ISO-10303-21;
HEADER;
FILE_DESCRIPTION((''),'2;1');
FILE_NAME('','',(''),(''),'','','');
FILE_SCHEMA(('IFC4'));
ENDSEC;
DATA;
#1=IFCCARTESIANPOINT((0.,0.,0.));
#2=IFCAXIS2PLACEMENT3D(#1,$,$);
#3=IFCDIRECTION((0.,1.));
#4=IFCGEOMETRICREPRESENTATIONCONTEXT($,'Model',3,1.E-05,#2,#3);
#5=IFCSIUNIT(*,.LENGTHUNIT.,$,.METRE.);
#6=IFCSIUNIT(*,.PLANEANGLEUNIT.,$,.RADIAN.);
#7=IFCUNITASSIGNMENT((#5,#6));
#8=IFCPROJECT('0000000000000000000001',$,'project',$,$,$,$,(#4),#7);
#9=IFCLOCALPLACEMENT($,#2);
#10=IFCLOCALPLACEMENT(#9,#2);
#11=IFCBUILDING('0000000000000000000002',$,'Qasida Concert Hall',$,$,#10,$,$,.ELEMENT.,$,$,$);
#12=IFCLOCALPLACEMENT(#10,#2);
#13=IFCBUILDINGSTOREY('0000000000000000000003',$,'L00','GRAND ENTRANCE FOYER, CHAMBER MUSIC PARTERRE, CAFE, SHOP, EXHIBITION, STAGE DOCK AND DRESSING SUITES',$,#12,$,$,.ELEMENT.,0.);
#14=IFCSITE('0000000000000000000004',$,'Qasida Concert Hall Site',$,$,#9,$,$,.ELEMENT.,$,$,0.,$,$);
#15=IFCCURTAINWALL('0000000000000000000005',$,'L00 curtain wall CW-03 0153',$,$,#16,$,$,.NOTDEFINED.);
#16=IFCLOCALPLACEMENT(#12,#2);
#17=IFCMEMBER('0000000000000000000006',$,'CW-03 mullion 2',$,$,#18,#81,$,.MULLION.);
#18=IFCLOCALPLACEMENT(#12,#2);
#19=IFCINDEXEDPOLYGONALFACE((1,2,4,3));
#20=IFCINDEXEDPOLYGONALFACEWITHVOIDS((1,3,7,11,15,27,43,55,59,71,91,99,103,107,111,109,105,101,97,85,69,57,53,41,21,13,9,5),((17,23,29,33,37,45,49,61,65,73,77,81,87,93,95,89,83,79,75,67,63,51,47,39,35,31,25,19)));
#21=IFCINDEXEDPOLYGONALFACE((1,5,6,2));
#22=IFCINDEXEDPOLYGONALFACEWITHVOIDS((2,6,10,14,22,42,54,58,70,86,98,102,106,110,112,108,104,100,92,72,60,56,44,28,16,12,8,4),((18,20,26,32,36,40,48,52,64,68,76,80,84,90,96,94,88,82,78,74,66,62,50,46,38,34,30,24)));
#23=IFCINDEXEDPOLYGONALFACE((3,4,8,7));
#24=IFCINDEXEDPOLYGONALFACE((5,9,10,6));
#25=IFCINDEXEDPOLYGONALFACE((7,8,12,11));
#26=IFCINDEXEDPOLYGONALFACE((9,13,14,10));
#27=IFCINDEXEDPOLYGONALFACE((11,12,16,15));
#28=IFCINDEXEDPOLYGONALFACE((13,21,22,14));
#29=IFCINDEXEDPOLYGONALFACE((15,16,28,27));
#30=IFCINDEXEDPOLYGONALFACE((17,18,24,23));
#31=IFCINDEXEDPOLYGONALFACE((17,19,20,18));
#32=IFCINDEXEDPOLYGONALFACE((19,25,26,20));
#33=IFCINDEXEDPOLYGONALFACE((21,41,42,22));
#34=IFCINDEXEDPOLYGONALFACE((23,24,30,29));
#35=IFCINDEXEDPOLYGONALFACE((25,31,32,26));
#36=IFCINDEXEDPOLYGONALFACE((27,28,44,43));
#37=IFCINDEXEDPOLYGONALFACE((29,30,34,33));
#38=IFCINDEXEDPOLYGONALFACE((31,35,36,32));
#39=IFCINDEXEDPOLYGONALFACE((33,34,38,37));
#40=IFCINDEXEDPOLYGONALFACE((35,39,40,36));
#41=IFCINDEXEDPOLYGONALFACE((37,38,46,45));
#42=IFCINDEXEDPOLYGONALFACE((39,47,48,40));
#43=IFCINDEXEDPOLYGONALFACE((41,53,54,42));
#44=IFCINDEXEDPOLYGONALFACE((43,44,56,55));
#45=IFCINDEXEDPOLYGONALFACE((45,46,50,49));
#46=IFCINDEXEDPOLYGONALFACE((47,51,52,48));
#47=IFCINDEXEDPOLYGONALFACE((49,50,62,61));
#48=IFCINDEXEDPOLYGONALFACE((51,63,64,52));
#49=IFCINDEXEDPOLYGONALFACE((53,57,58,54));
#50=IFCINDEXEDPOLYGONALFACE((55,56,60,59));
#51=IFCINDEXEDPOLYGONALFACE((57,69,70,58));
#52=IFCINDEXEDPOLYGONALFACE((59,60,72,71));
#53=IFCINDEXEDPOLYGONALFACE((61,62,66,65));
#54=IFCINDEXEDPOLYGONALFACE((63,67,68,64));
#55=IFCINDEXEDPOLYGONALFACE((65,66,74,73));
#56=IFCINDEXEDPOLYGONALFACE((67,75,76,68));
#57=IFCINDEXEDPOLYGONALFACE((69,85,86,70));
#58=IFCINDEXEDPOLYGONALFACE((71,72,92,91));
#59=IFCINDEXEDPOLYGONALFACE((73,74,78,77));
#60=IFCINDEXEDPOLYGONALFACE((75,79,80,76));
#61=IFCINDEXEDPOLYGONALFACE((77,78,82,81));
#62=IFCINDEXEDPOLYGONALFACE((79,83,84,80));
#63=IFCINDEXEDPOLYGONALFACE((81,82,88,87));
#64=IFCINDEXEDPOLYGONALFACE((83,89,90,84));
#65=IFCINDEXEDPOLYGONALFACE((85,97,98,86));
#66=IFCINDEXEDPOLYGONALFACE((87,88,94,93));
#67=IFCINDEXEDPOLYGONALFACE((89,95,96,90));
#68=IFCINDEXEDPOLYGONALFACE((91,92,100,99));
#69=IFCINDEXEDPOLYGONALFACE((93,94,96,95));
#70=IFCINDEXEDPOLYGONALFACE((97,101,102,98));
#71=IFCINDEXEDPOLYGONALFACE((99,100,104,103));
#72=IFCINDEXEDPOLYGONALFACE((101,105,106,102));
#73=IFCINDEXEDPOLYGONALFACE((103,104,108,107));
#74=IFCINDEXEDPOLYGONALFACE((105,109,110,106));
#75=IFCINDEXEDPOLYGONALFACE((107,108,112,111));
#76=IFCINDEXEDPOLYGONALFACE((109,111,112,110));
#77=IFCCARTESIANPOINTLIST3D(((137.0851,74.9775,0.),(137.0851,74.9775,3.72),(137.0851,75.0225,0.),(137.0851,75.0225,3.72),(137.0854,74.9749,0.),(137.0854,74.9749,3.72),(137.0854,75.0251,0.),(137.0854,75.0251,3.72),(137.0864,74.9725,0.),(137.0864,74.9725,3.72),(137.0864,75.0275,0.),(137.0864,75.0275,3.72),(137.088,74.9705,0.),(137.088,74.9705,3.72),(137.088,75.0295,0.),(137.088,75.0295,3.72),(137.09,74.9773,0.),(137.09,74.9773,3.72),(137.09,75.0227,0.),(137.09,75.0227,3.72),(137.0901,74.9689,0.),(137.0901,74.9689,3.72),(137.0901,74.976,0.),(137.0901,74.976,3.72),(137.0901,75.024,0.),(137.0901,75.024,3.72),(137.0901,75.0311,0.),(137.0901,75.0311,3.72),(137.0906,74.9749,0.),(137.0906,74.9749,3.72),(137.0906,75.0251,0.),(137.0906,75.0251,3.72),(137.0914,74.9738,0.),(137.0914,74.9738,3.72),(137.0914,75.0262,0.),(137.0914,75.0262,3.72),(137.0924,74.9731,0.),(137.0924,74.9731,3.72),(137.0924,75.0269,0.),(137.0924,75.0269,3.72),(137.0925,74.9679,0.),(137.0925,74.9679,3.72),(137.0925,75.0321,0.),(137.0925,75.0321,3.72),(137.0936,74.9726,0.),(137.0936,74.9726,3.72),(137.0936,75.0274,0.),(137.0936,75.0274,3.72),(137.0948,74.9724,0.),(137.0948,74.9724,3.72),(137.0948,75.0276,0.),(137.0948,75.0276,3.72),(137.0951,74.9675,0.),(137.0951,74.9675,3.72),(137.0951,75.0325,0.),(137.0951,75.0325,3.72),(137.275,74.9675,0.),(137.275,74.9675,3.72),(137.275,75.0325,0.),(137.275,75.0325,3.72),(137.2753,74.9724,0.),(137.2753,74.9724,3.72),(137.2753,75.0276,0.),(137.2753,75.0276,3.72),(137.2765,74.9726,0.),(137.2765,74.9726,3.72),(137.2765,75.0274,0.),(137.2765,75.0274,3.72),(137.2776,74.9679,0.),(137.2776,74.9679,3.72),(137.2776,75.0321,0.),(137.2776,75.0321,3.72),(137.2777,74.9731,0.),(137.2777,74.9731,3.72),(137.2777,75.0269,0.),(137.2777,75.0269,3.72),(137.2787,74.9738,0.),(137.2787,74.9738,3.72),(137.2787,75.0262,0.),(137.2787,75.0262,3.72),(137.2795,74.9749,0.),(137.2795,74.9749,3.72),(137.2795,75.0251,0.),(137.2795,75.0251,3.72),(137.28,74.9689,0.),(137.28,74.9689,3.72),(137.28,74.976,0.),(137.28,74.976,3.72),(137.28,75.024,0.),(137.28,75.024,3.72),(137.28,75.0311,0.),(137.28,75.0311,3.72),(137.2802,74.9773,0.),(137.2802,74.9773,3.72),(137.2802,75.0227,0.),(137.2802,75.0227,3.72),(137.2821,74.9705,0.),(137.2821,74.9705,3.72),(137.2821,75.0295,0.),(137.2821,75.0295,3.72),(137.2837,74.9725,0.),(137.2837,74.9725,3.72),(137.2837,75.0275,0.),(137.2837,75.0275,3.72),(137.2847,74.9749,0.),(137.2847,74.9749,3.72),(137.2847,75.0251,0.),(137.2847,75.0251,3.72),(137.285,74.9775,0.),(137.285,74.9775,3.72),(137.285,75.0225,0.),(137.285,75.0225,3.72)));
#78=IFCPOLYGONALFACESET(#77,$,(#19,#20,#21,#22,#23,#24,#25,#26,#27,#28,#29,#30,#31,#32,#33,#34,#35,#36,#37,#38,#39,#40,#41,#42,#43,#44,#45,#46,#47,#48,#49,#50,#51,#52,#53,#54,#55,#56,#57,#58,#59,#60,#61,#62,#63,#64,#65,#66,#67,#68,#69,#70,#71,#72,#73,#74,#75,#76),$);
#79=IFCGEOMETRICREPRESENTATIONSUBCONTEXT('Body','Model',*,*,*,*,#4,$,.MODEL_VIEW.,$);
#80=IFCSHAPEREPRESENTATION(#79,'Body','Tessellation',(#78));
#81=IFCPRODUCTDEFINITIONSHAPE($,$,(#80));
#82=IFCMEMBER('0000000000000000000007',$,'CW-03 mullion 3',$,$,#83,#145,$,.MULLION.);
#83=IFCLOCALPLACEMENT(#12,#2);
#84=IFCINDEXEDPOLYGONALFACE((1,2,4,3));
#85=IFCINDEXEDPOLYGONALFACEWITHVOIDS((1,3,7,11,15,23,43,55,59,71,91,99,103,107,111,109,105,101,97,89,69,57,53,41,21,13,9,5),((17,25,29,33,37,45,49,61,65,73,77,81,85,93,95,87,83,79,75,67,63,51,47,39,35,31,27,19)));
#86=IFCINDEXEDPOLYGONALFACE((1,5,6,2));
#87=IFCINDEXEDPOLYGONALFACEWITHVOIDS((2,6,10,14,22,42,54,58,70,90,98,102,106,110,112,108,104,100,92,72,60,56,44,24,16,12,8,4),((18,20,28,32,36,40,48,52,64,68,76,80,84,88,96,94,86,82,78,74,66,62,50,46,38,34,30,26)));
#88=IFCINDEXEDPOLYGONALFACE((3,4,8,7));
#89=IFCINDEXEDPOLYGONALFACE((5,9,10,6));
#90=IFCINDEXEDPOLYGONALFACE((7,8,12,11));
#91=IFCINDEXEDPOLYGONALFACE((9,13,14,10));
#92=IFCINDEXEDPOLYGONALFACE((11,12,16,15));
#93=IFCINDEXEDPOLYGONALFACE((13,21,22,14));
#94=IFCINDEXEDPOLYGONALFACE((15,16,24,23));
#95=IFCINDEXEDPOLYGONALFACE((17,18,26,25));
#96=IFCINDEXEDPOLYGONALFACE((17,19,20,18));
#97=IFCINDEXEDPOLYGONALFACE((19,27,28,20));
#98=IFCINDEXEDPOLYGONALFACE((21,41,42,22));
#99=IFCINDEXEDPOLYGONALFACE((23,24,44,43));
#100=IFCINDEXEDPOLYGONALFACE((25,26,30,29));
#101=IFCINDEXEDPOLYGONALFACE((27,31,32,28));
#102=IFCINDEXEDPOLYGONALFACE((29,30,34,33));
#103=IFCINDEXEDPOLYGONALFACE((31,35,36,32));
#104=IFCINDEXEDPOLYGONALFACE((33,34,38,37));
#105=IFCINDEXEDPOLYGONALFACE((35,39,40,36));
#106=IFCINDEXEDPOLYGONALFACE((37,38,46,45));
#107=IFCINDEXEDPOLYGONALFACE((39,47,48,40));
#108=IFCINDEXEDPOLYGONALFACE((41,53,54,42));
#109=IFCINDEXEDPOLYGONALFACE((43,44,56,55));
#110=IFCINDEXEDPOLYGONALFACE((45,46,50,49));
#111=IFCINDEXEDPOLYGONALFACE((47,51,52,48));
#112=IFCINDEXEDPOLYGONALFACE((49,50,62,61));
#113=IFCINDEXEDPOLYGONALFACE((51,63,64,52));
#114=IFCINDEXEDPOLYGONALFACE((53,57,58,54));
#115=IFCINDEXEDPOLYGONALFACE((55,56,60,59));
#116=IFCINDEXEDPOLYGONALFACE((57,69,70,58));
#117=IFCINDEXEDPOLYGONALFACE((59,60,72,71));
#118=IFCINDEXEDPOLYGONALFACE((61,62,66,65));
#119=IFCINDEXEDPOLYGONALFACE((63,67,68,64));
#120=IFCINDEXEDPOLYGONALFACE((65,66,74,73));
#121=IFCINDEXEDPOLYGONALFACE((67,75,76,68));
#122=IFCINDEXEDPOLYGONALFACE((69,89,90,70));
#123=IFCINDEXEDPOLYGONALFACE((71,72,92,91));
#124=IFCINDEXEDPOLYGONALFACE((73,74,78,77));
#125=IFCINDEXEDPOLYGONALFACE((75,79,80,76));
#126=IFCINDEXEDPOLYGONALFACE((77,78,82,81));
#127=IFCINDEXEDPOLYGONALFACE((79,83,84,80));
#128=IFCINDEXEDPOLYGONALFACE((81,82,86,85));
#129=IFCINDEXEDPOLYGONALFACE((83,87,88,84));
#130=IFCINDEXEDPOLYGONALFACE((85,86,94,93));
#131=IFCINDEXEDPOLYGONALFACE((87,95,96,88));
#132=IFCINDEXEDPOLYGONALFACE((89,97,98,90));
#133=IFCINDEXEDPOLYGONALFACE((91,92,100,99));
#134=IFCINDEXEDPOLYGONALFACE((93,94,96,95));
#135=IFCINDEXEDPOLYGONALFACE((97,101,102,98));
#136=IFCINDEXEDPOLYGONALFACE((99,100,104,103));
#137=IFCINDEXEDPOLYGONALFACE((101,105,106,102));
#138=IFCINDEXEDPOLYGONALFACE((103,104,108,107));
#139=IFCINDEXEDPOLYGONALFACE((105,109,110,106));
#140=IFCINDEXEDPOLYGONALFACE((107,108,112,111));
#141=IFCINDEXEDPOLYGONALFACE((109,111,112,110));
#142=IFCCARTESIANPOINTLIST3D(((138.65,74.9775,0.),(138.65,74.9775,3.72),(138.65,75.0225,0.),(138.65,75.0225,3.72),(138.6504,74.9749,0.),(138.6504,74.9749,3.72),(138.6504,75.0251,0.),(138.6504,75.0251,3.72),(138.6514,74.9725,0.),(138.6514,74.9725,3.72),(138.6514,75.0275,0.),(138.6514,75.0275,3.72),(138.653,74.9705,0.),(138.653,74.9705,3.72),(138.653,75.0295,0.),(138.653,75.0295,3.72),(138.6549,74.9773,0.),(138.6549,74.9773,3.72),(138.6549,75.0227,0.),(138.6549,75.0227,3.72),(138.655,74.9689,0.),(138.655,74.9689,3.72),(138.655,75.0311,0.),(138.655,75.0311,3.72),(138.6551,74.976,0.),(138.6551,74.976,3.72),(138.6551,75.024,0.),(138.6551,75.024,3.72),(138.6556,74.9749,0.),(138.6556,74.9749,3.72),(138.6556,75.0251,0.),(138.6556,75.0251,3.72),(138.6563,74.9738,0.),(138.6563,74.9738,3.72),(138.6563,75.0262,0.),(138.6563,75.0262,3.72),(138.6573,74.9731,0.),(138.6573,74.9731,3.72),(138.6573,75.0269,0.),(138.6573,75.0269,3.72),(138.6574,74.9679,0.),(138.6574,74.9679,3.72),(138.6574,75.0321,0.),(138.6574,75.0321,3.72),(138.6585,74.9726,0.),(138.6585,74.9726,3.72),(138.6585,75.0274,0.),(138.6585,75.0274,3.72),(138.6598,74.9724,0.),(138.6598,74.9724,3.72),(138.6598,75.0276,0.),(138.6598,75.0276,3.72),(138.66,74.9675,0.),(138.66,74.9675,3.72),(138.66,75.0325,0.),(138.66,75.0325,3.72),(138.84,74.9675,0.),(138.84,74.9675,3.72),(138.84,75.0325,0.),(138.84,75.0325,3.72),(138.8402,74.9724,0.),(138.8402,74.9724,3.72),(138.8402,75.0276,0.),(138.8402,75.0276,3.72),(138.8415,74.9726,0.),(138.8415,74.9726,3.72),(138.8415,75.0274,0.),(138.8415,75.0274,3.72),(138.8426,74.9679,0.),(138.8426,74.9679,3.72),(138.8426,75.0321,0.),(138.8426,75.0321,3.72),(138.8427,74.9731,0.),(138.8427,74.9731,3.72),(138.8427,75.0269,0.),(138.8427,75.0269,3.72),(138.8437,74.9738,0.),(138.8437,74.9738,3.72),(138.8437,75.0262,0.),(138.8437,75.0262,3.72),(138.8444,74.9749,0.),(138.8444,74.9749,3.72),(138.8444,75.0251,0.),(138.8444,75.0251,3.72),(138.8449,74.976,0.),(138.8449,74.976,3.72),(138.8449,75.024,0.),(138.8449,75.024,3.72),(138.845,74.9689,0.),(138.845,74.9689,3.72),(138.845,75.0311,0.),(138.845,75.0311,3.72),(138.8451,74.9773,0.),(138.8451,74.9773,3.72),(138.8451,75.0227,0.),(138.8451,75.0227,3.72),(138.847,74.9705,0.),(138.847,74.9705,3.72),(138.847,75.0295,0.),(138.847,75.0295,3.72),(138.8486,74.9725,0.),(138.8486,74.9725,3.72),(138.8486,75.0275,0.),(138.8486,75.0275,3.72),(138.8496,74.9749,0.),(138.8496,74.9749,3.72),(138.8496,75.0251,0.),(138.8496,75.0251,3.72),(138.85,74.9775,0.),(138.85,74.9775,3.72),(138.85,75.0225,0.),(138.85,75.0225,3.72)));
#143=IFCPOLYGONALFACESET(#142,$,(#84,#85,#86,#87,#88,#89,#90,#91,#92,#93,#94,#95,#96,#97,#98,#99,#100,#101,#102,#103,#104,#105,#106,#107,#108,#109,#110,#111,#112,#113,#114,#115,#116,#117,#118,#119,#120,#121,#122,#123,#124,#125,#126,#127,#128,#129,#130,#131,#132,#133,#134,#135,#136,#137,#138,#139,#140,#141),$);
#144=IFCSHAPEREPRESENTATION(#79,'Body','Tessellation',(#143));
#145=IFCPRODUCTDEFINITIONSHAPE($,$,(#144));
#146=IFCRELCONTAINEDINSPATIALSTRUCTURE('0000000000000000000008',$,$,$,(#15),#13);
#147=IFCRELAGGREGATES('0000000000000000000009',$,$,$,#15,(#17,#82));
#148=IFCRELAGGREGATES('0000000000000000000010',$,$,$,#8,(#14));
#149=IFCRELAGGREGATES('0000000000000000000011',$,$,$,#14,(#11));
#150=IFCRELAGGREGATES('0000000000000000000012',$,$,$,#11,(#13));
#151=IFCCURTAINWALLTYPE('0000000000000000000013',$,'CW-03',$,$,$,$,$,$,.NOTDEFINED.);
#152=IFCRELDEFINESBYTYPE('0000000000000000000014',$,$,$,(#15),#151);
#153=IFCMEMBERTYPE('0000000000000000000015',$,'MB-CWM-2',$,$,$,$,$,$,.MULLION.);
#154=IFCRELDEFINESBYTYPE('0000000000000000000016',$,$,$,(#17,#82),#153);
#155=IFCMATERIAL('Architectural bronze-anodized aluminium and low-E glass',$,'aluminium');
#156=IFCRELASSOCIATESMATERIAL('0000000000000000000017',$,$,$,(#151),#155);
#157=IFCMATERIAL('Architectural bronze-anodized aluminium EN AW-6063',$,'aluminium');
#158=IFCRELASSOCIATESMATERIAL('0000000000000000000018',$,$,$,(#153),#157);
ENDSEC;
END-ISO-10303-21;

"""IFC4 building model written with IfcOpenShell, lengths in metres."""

from ifc_helpers import new_model, si_unit, direction, frame, origin, origin_2d, place, context, subcontext, project, spatial, hollow_rectangle, extrude, material, material_profile, profile_set, type_object, element, aggregate, save


model = new_model("IFC4")

# Units and contexts
model_context = context("Model", 3, precision=1e-05, world=origin(), true_north=direction((0.0, 1.0)))
body_context = subcontext(model_context, "Body", "Model", "MODEL_VIEW")
ifc_project = project(units=[si_unit("LENGTHUNIT", "METRE"), si_unit("PLANEANGLEUNIT", "RADIAN")], contexts=[model_context])

# Site, building, storey
site_placement = place(None, origin())
site = spatial("IfcSite", under=ifc_project, at=site_placement, Name="Qasida Concert Hall Site", CompositionType="ELEMENT", RefElevation=0.0)
building_placement = place(site_placement, origin())
building = spatial("IfcBuilding", under=site, at=building_placement, Name="Qasida Concert Hall", CompositionType="ELEMENT")
storey_placement = place(building_placement, origin())
storey = spatial("IfcBuildingStorey", under=building, at=storey_placement, Name="L00", Description="GRAND ENTRANCE FOYER, CHAMBER MUSIC PARTERRE, CAFE, SHOP, EXHIBITION, STAGE DOCK AND DRESSING SUITES", CompositionType="ELEMENT", Elevation=0.0)

# Curtain wall, members
ifc_material_1 = material(Name="Architectural bronze-anodized aluminium and low-E glass", Category="aluminium")
curtain_wall_type = type_object("IfcCurtainWallType", Name="CW-03", PredefinedType="NOTDEFINED", material=ifc_material_1)
curtain_wall_placement = place(storey_placement, origin())
curtain_wall = element("IfcCurtainWall", 1, at=curtain_wall_placement, inside=storey, type_object=curtain_wall_type, Name="L00 curtain wall CW-03 0153", PredefinedType="NOTDEFINED")
ifc_material_2 = material(Name="Architectural bronze-anodized aluminium EN AW-6063", Category="aluminium")
ifc_material_profile_1 = material_profile(ifc_material_2, hollow_rectangle(XDim=0.0649, YDim=0.2, WallThickness=0.0049, InnerFilletRadius=0.0049, OuterFilletRadius=0.01, at=origin_2d()), Name="CWM 200x65x5")
ifc_profile_set_1 = profile_set([ifc_material_profile_1], Name="Architectural bronze-anodized aluminium EN AW-6063")
member_type_1 = type_object("IfcMemberType", Name="MB-CWM-2", PredefinedType="MULLION", material=ifc_profile_set_1)
member_1_placement = place(storey_placement, frame((137.1851, 75.0, 0.0), z_axis=(0.0, 0.0, 1.0), x_axis=(0.0, 1.0, 0.0)))
member_1 = element("IfcMember", 2, at=member_1_placement, type_object=member_type_1, Name="CW-03 mullion 2", PredefinedType="MULLION", context=body_context, shape_type="SweptSolid", body=[
    extrude(hollow_rectangle(XDim=0.0649, YDim=0.2, WallThickness=0.0049, InnerFilletRadius=0.0049, OuterFilletRadius=0.01, at=origin_2d()), origin(), (0.0, 0.0, 1.0), 3.72),
])
member_2_placement = place(storey_placement, frame((138.75, 75.0, 0.0), z_axis=(0.0, 0.0, 1.0), x_axis=(0.0, 1.0, 0.0)))
member_2 = element("IfcMember", 3, at=member_2_placement, type_object=member_type_1, Name="CW-03 mullion 3", PredefinedType="MULLION", context=body_context, shape_type="SweptSolid", body=[
    extrude(hollow_rectangle(XDim=0.0649, YDim=0.2, WallThickness=0.0049, InnerFilletRadius=0.0049, OuterFilletRadius=0.01, at=origin_2d()), origin(), (0.0, 0.0, 1.0), 3.72),
])
aggregate(curtain_wall, [member_1, member_2])

save(model, "model.ifc")
